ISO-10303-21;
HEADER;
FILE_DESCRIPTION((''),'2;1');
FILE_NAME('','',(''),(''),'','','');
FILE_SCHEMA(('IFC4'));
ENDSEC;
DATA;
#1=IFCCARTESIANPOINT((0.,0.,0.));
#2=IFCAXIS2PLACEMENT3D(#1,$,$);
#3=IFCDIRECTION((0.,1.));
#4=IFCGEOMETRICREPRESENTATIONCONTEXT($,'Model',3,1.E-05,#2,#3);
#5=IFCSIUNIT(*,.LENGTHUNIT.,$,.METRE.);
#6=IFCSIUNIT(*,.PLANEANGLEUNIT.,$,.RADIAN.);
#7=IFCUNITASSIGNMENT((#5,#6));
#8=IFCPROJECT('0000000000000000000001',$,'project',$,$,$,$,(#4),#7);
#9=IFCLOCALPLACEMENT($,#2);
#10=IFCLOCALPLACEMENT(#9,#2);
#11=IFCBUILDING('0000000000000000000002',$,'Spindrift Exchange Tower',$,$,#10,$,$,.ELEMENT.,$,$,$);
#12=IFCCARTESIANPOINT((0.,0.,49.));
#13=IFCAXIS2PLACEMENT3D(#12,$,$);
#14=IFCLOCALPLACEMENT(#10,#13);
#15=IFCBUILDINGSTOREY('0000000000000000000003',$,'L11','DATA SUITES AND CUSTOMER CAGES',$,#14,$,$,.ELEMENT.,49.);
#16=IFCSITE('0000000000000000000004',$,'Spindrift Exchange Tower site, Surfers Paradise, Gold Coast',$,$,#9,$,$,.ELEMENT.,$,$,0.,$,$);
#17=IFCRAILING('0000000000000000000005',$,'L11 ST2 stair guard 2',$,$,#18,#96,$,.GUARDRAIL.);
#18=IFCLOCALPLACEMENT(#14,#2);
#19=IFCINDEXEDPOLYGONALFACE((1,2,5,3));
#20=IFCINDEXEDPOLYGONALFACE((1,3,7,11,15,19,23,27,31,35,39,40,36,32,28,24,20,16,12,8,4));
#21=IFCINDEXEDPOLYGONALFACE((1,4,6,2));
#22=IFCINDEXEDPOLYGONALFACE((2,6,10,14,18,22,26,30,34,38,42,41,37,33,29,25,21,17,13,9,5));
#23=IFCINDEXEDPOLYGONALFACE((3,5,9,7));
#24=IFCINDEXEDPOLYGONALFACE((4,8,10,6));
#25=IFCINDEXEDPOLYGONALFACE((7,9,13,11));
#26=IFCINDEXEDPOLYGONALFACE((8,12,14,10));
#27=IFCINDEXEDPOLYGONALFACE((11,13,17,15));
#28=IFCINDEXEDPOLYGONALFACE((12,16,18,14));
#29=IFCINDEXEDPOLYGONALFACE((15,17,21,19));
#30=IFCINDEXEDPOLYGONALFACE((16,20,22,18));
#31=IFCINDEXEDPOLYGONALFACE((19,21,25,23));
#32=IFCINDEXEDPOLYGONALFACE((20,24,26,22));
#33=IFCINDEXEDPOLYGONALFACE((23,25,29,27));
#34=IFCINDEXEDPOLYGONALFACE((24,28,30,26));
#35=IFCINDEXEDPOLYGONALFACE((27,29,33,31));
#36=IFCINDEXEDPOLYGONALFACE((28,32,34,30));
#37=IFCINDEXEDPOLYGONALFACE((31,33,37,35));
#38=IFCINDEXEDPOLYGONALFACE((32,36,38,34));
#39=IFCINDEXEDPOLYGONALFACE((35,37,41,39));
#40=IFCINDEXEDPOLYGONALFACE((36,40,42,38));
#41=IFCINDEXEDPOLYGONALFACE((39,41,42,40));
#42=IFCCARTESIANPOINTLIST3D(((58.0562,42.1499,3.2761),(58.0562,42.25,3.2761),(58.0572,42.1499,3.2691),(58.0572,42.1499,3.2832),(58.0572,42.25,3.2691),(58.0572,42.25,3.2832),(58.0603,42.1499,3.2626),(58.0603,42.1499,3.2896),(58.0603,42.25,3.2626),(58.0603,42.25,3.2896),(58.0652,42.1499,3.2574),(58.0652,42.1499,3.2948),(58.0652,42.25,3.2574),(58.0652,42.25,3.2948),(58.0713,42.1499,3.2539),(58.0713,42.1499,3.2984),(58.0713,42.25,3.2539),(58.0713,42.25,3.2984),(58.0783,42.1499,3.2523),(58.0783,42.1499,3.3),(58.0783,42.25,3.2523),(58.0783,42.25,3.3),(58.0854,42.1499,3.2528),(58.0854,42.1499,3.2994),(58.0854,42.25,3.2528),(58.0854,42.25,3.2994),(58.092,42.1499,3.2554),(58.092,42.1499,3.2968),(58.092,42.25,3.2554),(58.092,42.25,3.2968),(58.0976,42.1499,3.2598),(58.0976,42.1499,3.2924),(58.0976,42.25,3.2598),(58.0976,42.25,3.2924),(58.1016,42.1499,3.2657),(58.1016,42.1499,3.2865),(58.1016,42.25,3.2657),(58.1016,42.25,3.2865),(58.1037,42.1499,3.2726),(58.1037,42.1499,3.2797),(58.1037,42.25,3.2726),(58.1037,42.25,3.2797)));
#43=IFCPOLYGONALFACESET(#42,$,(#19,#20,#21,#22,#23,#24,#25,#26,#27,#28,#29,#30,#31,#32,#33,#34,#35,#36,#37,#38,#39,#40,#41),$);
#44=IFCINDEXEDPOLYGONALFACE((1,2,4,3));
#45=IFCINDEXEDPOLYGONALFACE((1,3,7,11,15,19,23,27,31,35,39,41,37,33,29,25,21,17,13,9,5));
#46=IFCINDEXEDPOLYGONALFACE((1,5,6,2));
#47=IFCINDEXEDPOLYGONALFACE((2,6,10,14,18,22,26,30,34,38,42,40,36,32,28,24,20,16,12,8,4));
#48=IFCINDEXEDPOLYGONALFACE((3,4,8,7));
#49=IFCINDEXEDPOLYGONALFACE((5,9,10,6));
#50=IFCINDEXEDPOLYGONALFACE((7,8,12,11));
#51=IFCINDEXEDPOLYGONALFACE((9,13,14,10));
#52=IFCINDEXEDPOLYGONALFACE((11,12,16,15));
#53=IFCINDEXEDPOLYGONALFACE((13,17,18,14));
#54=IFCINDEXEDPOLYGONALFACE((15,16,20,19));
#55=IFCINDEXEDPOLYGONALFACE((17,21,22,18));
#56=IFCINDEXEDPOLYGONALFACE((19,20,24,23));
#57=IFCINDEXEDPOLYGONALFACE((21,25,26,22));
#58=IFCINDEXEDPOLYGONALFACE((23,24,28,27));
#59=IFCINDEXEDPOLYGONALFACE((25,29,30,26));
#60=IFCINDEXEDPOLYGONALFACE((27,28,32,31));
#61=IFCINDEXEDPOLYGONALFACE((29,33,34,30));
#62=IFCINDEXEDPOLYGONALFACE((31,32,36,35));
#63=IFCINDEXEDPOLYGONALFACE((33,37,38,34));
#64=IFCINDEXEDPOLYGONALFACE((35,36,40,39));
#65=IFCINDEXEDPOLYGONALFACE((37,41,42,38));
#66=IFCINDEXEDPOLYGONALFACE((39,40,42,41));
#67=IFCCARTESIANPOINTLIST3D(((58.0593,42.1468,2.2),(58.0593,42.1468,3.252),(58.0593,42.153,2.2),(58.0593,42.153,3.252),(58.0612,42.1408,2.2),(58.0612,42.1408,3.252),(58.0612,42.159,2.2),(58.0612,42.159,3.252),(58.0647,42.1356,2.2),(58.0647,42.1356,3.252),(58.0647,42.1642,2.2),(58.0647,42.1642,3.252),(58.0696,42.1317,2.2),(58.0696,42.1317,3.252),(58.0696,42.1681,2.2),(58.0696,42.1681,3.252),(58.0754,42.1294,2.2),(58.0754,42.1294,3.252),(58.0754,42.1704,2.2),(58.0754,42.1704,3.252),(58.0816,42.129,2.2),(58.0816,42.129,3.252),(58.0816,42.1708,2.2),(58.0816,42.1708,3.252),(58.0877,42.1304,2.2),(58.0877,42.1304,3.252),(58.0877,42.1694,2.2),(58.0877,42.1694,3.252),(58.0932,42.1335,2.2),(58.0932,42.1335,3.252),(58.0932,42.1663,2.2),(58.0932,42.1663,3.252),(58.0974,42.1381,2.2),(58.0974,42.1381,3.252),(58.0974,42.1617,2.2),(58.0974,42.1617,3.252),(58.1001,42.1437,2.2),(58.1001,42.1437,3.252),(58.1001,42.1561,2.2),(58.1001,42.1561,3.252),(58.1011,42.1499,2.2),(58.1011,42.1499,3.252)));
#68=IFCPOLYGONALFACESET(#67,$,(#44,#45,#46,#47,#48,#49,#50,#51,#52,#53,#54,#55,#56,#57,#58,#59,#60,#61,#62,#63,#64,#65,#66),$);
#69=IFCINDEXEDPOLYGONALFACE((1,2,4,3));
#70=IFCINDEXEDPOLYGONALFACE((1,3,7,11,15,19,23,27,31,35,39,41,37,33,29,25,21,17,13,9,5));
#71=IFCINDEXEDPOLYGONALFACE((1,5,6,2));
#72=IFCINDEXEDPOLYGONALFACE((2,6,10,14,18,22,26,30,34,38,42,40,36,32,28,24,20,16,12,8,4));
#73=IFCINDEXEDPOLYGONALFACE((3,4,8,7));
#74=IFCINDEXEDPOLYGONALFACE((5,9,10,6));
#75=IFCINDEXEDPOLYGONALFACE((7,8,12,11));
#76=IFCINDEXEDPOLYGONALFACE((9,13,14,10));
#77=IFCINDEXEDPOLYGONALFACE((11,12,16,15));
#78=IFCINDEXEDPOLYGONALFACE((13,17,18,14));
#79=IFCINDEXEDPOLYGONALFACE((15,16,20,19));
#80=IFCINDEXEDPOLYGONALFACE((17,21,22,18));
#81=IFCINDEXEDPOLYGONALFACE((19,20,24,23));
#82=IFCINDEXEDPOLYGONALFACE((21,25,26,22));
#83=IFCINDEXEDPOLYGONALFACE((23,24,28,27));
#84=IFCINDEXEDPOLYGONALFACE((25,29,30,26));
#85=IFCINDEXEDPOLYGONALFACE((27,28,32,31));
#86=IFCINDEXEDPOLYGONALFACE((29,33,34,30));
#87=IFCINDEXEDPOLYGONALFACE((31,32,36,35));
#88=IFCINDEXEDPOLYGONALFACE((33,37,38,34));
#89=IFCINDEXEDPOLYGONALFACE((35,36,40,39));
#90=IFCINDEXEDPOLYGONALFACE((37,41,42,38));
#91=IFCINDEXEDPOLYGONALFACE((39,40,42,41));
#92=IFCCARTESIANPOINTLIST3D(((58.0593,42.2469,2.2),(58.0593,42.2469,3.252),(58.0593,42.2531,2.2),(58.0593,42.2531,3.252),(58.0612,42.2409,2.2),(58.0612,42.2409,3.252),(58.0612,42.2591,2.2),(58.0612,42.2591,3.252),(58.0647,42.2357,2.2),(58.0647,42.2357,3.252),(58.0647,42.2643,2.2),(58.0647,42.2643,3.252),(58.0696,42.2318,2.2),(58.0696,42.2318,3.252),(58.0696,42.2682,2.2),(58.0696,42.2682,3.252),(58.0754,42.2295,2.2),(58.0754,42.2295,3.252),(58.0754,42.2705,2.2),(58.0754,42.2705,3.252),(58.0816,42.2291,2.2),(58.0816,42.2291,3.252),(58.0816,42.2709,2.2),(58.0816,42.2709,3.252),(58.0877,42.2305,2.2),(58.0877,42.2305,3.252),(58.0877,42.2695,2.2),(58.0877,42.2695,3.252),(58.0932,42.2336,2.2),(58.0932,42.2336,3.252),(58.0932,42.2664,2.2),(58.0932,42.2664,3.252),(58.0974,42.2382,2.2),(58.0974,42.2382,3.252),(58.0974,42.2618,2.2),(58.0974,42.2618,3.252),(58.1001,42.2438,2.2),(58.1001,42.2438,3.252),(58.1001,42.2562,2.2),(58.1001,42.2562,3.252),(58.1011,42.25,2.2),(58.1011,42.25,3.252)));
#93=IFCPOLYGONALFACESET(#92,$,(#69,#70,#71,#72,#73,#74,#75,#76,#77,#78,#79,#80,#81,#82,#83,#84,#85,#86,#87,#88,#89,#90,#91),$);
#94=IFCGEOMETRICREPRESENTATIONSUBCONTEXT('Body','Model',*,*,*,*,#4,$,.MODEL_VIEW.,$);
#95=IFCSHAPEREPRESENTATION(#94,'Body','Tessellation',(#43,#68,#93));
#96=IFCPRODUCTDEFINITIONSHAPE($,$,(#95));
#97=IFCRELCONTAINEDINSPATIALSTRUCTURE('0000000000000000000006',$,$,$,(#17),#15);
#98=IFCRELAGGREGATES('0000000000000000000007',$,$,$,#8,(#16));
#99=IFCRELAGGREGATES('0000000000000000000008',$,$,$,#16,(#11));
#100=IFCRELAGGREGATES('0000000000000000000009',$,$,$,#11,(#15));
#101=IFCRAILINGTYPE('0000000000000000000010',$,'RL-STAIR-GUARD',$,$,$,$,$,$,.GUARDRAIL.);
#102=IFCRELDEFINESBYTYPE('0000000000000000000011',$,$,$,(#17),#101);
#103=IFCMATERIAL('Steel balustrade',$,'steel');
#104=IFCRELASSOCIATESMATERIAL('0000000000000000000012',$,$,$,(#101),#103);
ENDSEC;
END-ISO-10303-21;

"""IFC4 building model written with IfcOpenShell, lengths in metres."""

from ifc_helpers import new_model, si_unit, direction, frame, origin, origin_2d, place, context, subcontext, project, spatial, circle, extrude, material, type_object, element, save


model = new_model("IFC4")

# Units and contexts
model_context = context("Model", 3, precision=1e-05, world=origin(), true_north=direction((0.0, 1.0)))
body_context = subcontext(model_context, "Body", "Model", "MODEL_VIEW")
ifc_project = project(units=[si_unit("LENGTHUNIT", "METRE"), si_unit("PLANEANGLEUNIT", "RADIAN")], contexts=[model_context])

# Site, building, storey
site_placement = place(None, origin())
site = spatial("IfcSite", under=ifc_project, at=site_placement, Name="Spindrift Exchange Tower site, Surfers Paradise, Gold Coast", CompositionType="ELEMENT", RefElevation=0.0)
building_placement = place(site_placement, origin())
building = spatial("IfcBuilding", under=site, at=building_placement, Name="Spindrift Exchange Tower", CompositionType="ELEMENT")
storey_placement = place(building_placement, frame((0.0, 0.0, 49.0)))
storey = spatial("IfcBuildingStorey", under=building, at=storey_placement, Name="L11", Description="DATA SUITES AND CUSTOMER CAGES", CompositionType="ELEMENT", Elevation=49.0)

# Railing
ifc_material_1 = material(Name="Steel balustrade", Category="steel")
railing_type_1 = type_object("IfcRailingType", Name="RL-STAIR-GUARD", PredefinedType="GUARDRAIL", material=ifc_material_1)
railing_1_placement = place(storey_placement, frame((58.0801, 42.1499, 2.2)))
element("IfcRailing", 1, at=railing_1_placement, inside=storey, type_object=railing_type_1, Name="L11 ST2 stair guard 2", PredefinedType="GUARDRAIL", context=body_context, shape_type="SweptSolid", body=[
    extrude(circle(Radius=0.0239, at=origin_2d()), frame((0.0, 0.0, 1.0762), z_axis=(0.0, 1.0, 0.0), x_axis=(-1.0, 0.0, 0.0)), (0.0, 0.0, 1.0), 0.1001),
    extrude(circle(Radius=0.021, at=origin_2d()), origin(), (0.0, 0.0, 1.0), 1.052),
    extrude(circle(Radius=0.021, at=origin_2d()), frame((0.0, 0.1001, 0.0)), (0.0, 0.0, 1.0), 1.052),
])

save(model, "model.ifc")
